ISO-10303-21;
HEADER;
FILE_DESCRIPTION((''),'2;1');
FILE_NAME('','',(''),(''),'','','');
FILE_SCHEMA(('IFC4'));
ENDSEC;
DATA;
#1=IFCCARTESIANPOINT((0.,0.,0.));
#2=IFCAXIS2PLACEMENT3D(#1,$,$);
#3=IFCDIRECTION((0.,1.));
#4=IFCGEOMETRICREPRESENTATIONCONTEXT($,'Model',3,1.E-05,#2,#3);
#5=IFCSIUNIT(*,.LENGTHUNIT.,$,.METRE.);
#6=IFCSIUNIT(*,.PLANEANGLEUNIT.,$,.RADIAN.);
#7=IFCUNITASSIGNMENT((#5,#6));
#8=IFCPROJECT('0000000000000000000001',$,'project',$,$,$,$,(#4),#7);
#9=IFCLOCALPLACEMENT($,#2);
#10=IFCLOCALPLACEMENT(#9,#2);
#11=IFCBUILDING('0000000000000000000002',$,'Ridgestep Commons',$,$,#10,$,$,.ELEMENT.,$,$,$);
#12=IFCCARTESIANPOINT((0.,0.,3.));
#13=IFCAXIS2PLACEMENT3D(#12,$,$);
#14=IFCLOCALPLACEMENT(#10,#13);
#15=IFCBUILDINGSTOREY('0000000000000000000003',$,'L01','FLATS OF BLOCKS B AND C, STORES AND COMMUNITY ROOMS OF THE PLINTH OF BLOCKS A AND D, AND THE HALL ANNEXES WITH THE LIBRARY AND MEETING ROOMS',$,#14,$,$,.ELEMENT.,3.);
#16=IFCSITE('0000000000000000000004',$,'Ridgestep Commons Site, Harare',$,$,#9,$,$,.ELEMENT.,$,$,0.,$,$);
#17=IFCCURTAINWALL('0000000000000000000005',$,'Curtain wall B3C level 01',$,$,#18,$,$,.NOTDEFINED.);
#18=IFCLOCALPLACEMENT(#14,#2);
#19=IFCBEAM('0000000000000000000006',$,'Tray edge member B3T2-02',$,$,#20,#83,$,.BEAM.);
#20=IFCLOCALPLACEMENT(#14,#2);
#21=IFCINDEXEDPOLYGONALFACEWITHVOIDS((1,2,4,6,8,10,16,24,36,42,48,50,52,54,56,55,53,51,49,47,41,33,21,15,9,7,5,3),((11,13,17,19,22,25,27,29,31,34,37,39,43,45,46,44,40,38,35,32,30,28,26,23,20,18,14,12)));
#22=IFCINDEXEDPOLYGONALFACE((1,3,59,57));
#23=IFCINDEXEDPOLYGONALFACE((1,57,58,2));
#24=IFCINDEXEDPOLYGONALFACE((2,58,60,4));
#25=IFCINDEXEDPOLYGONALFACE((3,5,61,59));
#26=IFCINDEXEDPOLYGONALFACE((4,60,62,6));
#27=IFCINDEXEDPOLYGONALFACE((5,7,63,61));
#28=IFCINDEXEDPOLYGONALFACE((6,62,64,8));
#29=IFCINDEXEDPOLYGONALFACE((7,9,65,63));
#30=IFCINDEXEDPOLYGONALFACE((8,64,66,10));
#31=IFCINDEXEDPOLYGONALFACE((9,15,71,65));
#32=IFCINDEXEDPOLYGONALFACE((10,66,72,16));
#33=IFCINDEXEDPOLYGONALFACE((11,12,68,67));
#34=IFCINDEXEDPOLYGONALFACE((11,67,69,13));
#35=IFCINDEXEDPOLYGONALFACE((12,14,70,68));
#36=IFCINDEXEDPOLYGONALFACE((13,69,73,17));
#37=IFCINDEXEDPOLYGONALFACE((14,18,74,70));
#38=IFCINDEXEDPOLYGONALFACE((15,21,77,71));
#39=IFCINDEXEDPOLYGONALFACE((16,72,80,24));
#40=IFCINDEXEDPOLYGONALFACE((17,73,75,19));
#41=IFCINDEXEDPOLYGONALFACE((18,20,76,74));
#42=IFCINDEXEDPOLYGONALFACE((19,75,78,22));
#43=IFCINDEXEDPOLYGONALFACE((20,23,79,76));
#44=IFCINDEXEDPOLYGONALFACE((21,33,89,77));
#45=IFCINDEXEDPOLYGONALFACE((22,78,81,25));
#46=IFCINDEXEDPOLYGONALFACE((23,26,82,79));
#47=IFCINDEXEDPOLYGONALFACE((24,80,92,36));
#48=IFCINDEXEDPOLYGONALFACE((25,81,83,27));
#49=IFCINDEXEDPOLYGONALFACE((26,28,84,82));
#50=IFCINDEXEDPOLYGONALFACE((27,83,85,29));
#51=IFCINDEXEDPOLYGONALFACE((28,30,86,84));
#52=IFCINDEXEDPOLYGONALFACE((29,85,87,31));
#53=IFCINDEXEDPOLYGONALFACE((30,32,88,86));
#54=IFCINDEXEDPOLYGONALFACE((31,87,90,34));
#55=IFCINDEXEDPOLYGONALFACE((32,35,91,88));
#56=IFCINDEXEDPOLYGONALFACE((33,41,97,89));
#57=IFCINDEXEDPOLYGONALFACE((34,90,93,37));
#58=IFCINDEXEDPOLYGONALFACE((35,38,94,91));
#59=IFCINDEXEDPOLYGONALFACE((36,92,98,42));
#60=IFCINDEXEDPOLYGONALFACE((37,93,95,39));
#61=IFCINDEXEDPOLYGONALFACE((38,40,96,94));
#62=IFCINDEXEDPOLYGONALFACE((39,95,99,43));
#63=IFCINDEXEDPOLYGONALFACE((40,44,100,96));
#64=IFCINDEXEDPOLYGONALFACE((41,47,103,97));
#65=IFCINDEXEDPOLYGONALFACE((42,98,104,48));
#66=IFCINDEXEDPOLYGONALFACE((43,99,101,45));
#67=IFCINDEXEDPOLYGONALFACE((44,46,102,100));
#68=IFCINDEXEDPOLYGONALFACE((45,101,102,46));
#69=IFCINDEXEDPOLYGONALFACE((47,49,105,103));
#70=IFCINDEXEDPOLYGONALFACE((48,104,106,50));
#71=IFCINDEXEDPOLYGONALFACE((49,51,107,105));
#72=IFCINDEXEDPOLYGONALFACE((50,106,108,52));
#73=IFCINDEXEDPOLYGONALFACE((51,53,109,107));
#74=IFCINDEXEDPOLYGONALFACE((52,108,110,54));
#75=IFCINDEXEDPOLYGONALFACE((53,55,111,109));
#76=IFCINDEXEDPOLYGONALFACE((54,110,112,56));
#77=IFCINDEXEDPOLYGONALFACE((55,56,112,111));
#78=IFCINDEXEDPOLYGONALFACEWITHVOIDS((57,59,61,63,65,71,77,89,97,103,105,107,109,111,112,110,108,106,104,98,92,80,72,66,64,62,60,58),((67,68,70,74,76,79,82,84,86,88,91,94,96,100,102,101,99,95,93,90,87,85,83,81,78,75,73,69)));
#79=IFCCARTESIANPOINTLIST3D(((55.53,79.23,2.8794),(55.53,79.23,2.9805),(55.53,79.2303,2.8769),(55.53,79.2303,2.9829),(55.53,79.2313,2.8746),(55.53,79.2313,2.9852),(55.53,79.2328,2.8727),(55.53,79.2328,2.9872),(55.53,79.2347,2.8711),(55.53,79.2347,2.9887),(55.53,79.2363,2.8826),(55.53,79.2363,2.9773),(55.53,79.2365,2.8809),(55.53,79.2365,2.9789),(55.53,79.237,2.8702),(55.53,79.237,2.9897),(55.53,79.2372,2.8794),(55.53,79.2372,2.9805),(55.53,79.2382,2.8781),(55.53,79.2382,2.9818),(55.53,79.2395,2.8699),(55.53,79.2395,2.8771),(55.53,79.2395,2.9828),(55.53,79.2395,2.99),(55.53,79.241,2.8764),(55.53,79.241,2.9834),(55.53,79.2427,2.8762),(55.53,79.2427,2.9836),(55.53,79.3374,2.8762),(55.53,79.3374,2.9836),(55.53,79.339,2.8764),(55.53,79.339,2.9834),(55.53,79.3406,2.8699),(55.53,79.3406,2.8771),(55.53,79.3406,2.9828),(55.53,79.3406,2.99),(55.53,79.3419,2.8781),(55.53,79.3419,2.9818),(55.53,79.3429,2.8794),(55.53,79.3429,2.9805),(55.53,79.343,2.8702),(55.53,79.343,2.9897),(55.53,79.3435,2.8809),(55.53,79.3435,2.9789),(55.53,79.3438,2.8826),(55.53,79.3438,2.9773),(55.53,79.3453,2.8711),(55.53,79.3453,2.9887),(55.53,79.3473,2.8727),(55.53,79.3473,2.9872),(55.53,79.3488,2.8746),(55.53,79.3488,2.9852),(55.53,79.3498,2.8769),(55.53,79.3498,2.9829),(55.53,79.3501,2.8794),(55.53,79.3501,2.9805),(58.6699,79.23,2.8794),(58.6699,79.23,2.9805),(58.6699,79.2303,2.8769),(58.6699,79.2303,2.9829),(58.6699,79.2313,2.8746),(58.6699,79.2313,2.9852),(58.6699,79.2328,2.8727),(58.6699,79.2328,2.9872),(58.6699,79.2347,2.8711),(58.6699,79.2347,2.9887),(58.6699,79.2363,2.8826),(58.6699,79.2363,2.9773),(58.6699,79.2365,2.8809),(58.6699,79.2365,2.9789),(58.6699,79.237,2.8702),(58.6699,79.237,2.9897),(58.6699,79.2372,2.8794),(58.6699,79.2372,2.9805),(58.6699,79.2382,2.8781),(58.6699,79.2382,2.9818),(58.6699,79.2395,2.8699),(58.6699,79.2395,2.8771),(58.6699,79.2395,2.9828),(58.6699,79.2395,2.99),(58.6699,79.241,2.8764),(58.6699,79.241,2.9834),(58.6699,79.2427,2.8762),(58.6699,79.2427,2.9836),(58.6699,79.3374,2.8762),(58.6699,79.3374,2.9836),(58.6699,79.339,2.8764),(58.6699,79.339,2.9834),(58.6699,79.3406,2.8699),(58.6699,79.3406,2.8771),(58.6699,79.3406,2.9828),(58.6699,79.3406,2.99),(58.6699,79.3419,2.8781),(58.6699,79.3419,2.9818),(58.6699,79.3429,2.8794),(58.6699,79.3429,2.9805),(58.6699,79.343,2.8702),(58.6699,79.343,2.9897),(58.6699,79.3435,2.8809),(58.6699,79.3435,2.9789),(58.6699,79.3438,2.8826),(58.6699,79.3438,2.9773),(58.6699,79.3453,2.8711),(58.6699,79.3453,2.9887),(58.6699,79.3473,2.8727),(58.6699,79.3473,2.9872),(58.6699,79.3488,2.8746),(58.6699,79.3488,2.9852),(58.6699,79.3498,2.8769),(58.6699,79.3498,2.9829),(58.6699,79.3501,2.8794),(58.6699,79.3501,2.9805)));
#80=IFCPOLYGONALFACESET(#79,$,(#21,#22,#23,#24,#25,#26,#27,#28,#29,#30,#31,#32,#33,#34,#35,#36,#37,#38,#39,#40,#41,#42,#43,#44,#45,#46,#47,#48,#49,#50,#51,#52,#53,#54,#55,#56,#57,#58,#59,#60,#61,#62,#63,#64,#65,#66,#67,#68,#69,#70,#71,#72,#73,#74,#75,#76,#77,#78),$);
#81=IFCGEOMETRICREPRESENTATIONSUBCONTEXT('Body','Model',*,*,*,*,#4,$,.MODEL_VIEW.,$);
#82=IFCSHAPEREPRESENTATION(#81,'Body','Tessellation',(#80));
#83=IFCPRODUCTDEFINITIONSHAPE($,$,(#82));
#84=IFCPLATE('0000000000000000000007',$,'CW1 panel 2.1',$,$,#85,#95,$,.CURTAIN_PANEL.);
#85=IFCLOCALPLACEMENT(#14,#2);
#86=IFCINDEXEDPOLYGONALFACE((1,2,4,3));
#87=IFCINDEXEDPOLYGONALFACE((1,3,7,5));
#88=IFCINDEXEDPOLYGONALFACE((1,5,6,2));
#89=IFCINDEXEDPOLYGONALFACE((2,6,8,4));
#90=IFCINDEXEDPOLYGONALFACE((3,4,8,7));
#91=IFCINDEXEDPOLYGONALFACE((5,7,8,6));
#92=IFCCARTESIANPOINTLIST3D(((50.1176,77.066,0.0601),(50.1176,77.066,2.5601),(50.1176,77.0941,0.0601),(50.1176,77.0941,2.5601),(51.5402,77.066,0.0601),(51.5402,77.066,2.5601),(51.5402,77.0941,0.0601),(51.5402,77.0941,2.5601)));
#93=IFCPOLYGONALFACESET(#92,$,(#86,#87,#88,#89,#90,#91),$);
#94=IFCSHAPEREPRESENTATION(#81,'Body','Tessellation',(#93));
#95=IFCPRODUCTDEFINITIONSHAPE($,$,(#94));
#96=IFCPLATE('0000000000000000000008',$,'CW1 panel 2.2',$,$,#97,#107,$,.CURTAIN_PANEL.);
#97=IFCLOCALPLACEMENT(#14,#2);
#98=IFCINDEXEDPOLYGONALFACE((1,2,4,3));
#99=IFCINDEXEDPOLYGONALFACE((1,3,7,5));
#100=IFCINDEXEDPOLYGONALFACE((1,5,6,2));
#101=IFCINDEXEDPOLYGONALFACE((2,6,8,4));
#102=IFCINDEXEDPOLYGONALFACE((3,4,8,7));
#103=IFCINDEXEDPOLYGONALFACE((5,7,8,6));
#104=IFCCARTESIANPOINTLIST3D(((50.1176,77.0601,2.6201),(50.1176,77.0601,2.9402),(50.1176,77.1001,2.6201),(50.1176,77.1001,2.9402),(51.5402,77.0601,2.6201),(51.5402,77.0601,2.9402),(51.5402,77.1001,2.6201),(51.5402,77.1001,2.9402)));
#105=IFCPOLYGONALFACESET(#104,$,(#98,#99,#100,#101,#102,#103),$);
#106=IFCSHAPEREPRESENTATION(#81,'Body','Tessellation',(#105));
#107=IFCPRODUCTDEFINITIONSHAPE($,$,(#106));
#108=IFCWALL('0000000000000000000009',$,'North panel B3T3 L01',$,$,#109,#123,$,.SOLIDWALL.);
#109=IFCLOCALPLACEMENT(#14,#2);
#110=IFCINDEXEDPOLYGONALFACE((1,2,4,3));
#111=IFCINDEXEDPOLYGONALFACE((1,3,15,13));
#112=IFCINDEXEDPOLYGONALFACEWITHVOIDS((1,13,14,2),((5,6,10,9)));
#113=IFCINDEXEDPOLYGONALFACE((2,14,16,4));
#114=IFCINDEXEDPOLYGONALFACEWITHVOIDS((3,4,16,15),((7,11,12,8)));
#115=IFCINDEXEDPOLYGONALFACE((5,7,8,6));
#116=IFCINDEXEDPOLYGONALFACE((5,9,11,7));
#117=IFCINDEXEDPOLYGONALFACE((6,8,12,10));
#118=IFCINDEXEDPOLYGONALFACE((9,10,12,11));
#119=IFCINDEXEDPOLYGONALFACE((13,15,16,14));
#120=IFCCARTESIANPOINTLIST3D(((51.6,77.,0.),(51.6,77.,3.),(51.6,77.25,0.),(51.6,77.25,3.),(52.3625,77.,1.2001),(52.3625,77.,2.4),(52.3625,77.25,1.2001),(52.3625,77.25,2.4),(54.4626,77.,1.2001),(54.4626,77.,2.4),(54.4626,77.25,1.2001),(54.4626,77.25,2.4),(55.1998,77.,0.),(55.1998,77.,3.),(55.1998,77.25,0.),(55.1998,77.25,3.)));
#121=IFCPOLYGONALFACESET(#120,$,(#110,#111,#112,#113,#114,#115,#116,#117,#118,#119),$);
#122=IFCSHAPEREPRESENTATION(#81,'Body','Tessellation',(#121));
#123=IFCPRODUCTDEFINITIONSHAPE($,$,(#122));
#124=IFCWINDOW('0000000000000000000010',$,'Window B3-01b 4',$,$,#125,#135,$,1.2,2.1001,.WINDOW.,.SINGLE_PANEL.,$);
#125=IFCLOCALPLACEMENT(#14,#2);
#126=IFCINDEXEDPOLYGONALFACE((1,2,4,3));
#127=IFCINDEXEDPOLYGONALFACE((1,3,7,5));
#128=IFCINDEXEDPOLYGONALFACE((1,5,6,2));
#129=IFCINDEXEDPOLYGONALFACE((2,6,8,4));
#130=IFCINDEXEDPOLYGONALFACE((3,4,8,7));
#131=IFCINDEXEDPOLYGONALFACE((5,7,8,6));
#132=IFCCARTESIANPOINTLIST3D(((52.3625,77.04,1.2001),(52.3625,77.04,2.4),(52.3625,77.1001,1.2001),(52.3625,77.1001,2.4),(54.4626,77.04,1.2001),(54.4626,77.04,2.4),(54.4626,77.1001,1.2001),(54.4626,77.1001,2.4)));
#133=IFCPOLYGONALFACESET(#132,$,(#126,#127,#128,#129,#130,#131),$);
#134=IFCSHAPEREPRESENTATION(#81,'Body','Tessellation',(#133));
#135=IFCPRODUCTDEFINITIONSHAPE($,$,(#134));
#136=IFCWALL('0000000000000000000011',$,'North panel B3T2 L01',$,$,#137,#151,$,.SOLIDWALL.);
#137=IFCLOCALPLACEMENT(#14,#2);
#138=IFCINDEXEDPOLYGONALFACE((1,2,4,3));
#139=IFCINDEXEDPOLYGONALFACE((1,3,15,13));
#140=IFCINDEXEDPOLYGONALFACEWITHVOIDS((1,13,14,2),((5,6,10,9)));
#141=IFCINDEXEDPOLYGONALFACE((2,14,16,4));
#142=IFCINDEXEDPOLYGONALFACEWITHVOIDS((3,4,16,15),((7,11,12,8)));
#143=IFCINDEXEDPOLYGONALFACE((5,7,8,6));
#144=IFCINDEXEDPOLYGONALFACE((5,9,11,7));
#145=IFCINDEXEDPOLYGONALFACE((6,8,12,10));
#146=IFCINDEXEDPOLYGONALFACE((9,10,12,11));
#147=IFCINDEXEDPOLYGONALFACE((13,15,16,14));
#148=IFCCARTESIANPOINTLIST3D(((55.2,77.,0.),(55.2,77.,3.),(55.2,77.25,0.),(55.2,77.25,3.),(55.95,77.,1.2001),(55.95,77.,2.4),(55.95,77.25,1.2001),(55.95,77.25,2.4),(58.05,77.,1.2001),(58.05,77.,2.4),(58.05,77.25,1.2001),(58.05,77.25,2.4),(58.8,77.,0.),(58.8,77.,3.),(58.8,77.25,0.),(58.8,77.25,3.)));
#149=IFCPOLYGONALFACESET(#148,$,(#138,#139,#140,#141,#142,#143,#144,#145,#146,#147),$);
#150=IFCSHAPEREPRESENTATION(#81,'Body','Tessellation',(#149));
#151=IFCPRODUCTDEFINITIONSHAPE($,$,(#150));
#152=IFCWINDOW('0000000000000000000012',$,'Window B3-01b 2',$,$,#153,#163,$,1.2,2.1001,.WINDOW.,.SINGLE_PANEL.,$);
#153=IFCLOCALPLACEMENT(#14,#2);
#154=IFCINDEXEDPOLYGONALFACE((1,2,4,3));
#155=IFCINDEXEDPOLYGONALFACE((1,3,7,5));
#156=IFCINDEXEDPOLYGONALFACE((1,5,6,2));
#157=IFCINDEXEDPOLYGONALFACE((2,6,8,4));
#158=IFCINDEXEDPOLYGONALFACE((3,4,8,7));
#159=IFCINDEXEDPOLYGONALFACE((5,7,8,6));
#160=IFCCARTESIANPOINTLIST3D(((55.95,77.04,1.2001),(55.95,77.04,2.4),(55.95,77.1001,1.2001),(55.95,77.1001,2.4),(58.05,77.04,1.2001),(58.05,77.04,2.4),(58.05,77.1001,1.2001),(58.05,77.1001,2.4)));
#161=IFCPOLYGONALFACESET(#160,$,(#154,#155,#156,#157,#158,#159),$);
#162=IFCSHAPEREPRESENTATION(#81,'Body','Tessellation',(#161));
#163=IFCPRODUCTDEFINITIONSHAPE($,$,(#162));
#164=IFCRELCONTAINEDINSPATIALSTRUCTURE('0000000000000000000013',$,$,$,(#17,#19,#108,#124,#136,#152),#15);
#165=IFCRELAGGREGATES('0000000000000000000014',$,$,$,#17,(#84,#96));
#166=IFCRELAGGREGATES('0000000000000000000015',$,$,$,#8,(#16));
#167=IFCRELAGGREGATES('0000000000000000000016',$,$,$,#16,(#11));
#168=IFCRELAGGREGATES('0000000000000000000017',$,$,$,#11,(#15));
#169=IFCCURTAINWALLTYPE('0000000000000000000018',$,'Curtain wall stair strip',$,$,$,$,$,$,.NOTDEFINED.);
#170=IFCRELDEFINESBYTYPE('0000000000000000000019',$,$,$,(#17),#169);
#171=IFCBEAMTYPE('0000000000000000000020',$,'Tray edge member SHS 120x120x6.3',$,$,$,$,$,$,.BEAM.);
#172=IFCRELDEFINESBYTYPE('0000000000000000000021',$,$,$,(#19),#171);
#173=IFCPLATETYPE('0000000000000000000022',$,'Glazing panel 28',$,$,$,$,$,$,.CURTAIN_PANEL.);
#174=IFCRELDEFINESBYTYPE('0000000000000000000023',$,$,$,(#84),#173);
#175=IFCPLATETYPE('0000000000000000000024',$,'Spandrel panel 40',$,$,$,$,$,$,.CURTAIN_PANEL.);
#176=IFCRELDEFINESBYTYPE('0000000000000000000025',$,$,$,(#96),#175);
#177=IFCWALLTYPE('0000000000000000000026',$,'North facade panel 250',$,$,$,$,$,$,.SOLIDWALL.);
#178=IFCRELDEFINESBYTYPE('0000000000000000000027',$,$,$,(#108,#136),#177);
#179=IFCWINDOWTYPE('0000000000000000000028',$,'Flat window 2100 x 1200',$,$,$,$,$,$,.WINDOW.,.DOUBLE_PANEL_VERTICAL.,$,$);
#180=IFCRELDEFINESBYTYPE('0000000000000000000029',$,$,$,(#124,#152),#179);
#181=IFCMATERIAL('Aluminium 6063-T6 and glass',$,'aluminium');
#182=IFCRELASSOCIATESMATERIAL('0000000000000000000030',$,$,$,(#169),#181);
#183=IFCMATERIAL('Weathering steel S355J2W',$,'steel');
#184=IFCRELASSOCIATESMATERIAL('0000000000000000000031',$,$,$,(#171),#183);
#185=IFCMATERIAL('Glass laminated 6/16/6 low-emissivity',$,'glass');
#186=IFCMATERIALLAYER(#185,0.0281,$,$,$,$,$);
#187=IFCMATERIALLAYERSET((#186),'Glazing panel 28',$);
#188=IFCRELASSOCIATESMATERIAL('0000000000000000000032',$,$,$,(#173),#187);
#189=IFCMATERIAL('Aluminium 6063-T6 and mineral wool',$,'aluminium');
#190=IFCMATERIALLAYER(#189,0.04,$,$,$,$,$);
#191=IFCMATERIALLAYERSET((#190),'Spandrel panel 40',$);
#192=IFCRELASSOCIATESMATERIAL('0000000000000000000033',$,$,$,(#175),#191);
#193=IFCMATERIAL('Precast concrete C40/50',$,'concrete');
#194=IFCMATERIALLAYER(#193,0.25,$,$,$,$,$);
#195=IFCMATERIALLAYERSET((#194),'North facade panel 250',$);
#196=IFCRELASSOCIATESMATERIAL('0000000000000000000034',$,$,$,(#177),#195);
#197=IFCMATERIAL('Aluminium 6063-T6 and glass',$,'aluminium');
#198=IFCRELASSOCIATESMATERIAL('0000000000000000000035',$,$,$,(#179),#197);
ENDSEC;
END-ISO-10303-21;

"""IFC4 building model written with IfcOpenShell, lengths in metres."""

from ifc_helpers import new_model, si_unit, direction, frame, frame_2d, origin, origin_2d, place, context, subcontext, project, spatial, rectangle, hollow_rectangle, extrude, material, layer, layer_set, material_profile, profile_set, type_object, element, fill, aggregate, save


model = new_model("IFC4")

# Units and contexts
model_context = context("Model", 3, precision=1e-05, world=origin(), true_north=direction((0.0, 1.0)))
body_context = subcontext(model_context, "Body", "Model", "MODEL_VIEW")
ifc_project = project(units=[si_unit("LENGTHUNIT", "METRE"), si_unit("PLANEANGLEUNIT", "RADIAN")], contexts=[model_context])

# Site, building, storey
site_placement = place(None, origin())
site = spatial("IfcSite", under=ifc_project, at=site_placement, Name="Ridgestep Commons Site, Harare", CompositionType="ELEMENT", RefElevation=0.0)
building_placement = place(site_placement, origin())
building = spatial("IfcBuilding", under=site, at=building_placement, Name="Ridgestep Commons", CompositionType="ELEMENT")
storey_placement = place(building_placement, frame((0.0, 0.0, 3.0)))
storey = spatial("IfcBuildingStorey", under=building, at=storey_placement, Name="L01", Description="FLATS OF BLOCKS B AND C, STORES AND COMMUNITY ROOMS OF THE PLINTH OF BLOCKS A AND D, AND THE HALL ANNEXES WITH THE LIBRARY AND MEETING ROOMS", CompositionType="ELEMENT", Elevation=3.0)

# Curtain wall
ifc_material_1 = material(Name="Aluminium 6063-T6 and glass", Category="aluminium")
curtain_wall_type = type_object("IfcCurtainWallType", Name="Curtain wall stair strip", PredefinedType="NOTDEFINED", material=ifc_material_1)
curtain_wall_placement = place(storey_placement, origin())
curtain_wall = element("IfcCurtainWall", 1, at=curtain_wall_placement, inside=storey, type_object=curtain_wall_type, Name="Curtain wall B3C level 01", PredefinedType="NOTDEFINED")

# Beam
ifc_material_2 = material(Name="Weathering steel S355J2W", Category="steel")
ifc_material_profile_1 = material_profile(ifc_material_2, hollow_rectangle(XDim=0.1201, YDim=0.1201, WallThickness=0.0063, InnerFilletRadius=0.0063, OuterFilletRadius=0.0095, at=origin_2d()), Name="SHS 120x120x6.3")
ifc_profile_set_1 = profile_set([ifc_material_profile_1], Name="Weathering steel S355J2W")
beam_type_1 = type_object("IfcBeamType", Name="Tray edge member SHS 120x120x6.3", PredefinedType="BEAM", material=ifc_profile_set_1)
beam_placement = place(storey_placement, frame((55.53, 79.29, 2.9299), z_axis=(1.0, 0.0, 0.0), x_axis=(0.0, 0.0, 1.0)))
element("IfcBeam", 2, at=beam_placement, inside=storey, type_object=beam_type_1, Name="Tray edge member B3T2-02", PredefinedType="BEAM", context=body_context, shape_type="SweptSolid", body=[
    extrude(hollow_rectangle(XDim=0.1201, YDim=0.1201, WallThickness=0.0063, InnerFilletRadius=0.0063, OuterFilletRadius=0.0095, at=origin_2d()), origin(), (0.0, 0.0, 1.0), 3.1399),
])

# Plates
ifc_material_3 = material(Name="Glass laminated 6/16/6 low-emissivity", Category="glass")
ifc_layer_1 = layer(ifc_material_3, 0.0281)
ifc_layer_set_1 = layer_set([ifc_layer_1], Name="Glazing panel 28")
plate_type_1 = type_object("IfcPlateType", Name="Glazing panel 28", PredefinedType="CURTAIN_PANEL", material=ifc_layer_set_1)
plate_1_placement = place(storey_placement, frame((50.8289, 77.0801, 0.0601), z_axis=(0.0, 0.0, 1.0), x_axis=(1.0, 0.0, 0.0)))
plate_1 = element("IfcPlate", 3, at=plate_1_placement, type_object=plate_type_1, Name="CW1 panel 2.1", PredefinedType="CURTAIN_PANEL", context=body_context, shape_type="SweptSolid", body=[
    extrude(rectangle(XDim=1.4226, YDim=0.0281, at=origin_2d()), origin(), (0.0, 0.0, 1.0), 2.5),
])
ifc_material_4 = material(Name="Aluminium 6063-T6 and mineral wool", Category="aluminium")
ifc_layer_2 = layer(ifc_material_4, 0.04)
ifc_layer_set_2 = layer_set([ifc_layer_2], Name="Spandrel panel 40")
plate_type_2 = type_object("IfcPlateType", Name="Spandrel panel 40", PredefinedType="CURTAIN_PANEL", material=ifc_layer_set_2)
plate_2_placement = place(storey_placement, frame((50.8289, 77.0801, 2.6201), z_axis=(0.0, 0.0, 1.0), x_axis=(1.0, 0.0, 0.0)))
plate_2 = element("IfcPlate", 4, at=plate_2_placement, type_object=plate_type_2, Name="CW1 panel 2.2", PredefinedType="CURTAIN_PANEL", context=body_context, shape_type="SweptSolid", body=[
    extrude(rectangle(XDim=1.4226, YDim=0.04, at=origin_2d()), origin(), (0.0, 0.0, 1.0), 0.3201),
])
aggregate(curtain_wall, [plate_1, plate_2])

# Walls, openings, windows
ifc_material_5 = material(Name="Precast concrete C40/50", Category="concrete")
ifc_layer_3 = layer(ifc_material_5, 0.25)
ifc_layer_set_3 = layer_set([ifc_layer_3], Name="North facade panel 250")
wall_type_1 = type_object("IfcWallType", Name="North facade panel 250", PredefinedType="SOLIDWALL", material=ifc_layer_set_3)
wall_1_placement = place(storey_placement, frame((51.6001, 77.125, 0.0), z_axis=(0.0, 0.0, 1.0), x_axis=(1.0, 0.0, 0.0)))
wall_1 = element("IfcWall", 5, at=wall_1_placement, inside=storey, type_object=wall_type_1, Name="North panel B3T3 L01", PredefinedType="SOLIDWALL", context=body_context, shape_type="SweptSolid", body=[
    extrude(rectangle(XDim=3.5999, YDim=0.25, at=frame_2d((1.7998, 0.0))), origin(), (0.0, 0.0, 1.0), 3.0),
])
opening_1_placement = place(wall_1_placement, frame((0.7625, 0.0, 1.2)))
opening_1 = element("IfcOpeningElement", 6, at=opening_1_placement, cuts=wall_1, PredefinedType="OPENING", context=body_context, shape_type="SweptSolid", body=[
    extrude(rectangle(XDim=2.1001, YDim=1.2, at=frame_2d((1.05, 0.6001))), frame((0.0, 0.135, 0.0), z_axis=(0.0, -1.0, 0.0), x_axis=(1.0, 0.0, 0.0)), (0.0, 0.0, 1.0), 0.27),
])
ifc_material_6 = material(Name="Aluminium 6063-T6 and glass", Category="aluminium")
window_type = type_object("IfcWindowType", Name="Flat window 2100 x 1200", PartitioningType="DOUBLE_PANEL_VERTICAL", PredefinedType="WINDOW", material=ifc_material_6)
window_1_placement = place(opening_1_placement, origin())
window_1 = element("IfcWindow", 7, at=window_1_placement, inside=storey, type_object=window_type, Name="Window B3-01b 4", OverallHeight=1.2, OverallWidth=2.1001, PartitioningType="SINGLE_PANEL", PredefinedType="WINDOW", context=body_context, shape_type="SweptSolid", body=[
    extrude(rectangle(XDim=2.1001, YDim=1.2, at=frame_2d((1.05, 0.6001))), frame((0.0, -0.0249, 0.0), z_axis=(0.0, -1.0, 0.0), x_axis=(1.0, 0.0, 0.0)), (0.0, 0.0, 1.0), 0.0601),
])
fill(opening_1, window_1)
wall_2_placement = place(storey_placement, frame((55.2, 77.125, 0.0), z_axis=(0.0, 0.0, 1.0), x_axis=(1.0, 0.0, 0.0)))
wall_2 = element("IfcWall", 8, at=wall_2_placement, inside=storey, type_object=wall_type_1, Name="North panel B3T2 L01", PredefinedType="SOLIDWALL", context=body_context, shape_type="SweptSolid", body=[
    extrude(rectangle(XDim=3.6001, YDim=0.25, at=frame_2d((1.8, 0.0))), origin(), (0.0, 0.0, 1.0), 3.0),
])
opening_2_placement = place(wall_2_placement, frame((0.75, 0.0, 1.2)))
opening_2 = element("IfcOpeningElement", 9, at=opening_2_placement, cuts=wall_2, PredefinedType="OPENING", context=body_context, shape_type="SweptSolid", body=[
    extrude(rectangle(XDim=2.1001, YDim=1.2, at=frame_2d((1.05, 0.6001))), frame((0.0, 0.135, 0.0), z_axis=(0.0, -1.0, 0.0), x_axis=(1.0, 0.0, 0.0)), (0.0, 0.0, 1.0), 0.27),
])
window_2_placement = place(opening_2_placement, origin())
window_2 = element("IfcWindow", 10, at=window_2_placement, inside=storey, type_object=window_type, Name="Window B3-01b 2", OverallHeight=1.2, OverallWidth=2.1001, PartitioningType="SINGLE_PANEL", PredefinedType="WINDOW", context=body_context, shape_type="SweptSolid", body=[
    extrude(rectangle(XDim=2.1001, YDim=1.2, at=frame_2d((1.05, 0.6001))), frame((0.0, -0.0249, 0.0), z_axis=(0.0, -1.0, 0.0), x_axis=(1.0, 0.0, 0.0)), (0.0, 0.0, 1.0), 0.0601),
])
fill(opening_2, window_2)

save(model, "model.ifc")
